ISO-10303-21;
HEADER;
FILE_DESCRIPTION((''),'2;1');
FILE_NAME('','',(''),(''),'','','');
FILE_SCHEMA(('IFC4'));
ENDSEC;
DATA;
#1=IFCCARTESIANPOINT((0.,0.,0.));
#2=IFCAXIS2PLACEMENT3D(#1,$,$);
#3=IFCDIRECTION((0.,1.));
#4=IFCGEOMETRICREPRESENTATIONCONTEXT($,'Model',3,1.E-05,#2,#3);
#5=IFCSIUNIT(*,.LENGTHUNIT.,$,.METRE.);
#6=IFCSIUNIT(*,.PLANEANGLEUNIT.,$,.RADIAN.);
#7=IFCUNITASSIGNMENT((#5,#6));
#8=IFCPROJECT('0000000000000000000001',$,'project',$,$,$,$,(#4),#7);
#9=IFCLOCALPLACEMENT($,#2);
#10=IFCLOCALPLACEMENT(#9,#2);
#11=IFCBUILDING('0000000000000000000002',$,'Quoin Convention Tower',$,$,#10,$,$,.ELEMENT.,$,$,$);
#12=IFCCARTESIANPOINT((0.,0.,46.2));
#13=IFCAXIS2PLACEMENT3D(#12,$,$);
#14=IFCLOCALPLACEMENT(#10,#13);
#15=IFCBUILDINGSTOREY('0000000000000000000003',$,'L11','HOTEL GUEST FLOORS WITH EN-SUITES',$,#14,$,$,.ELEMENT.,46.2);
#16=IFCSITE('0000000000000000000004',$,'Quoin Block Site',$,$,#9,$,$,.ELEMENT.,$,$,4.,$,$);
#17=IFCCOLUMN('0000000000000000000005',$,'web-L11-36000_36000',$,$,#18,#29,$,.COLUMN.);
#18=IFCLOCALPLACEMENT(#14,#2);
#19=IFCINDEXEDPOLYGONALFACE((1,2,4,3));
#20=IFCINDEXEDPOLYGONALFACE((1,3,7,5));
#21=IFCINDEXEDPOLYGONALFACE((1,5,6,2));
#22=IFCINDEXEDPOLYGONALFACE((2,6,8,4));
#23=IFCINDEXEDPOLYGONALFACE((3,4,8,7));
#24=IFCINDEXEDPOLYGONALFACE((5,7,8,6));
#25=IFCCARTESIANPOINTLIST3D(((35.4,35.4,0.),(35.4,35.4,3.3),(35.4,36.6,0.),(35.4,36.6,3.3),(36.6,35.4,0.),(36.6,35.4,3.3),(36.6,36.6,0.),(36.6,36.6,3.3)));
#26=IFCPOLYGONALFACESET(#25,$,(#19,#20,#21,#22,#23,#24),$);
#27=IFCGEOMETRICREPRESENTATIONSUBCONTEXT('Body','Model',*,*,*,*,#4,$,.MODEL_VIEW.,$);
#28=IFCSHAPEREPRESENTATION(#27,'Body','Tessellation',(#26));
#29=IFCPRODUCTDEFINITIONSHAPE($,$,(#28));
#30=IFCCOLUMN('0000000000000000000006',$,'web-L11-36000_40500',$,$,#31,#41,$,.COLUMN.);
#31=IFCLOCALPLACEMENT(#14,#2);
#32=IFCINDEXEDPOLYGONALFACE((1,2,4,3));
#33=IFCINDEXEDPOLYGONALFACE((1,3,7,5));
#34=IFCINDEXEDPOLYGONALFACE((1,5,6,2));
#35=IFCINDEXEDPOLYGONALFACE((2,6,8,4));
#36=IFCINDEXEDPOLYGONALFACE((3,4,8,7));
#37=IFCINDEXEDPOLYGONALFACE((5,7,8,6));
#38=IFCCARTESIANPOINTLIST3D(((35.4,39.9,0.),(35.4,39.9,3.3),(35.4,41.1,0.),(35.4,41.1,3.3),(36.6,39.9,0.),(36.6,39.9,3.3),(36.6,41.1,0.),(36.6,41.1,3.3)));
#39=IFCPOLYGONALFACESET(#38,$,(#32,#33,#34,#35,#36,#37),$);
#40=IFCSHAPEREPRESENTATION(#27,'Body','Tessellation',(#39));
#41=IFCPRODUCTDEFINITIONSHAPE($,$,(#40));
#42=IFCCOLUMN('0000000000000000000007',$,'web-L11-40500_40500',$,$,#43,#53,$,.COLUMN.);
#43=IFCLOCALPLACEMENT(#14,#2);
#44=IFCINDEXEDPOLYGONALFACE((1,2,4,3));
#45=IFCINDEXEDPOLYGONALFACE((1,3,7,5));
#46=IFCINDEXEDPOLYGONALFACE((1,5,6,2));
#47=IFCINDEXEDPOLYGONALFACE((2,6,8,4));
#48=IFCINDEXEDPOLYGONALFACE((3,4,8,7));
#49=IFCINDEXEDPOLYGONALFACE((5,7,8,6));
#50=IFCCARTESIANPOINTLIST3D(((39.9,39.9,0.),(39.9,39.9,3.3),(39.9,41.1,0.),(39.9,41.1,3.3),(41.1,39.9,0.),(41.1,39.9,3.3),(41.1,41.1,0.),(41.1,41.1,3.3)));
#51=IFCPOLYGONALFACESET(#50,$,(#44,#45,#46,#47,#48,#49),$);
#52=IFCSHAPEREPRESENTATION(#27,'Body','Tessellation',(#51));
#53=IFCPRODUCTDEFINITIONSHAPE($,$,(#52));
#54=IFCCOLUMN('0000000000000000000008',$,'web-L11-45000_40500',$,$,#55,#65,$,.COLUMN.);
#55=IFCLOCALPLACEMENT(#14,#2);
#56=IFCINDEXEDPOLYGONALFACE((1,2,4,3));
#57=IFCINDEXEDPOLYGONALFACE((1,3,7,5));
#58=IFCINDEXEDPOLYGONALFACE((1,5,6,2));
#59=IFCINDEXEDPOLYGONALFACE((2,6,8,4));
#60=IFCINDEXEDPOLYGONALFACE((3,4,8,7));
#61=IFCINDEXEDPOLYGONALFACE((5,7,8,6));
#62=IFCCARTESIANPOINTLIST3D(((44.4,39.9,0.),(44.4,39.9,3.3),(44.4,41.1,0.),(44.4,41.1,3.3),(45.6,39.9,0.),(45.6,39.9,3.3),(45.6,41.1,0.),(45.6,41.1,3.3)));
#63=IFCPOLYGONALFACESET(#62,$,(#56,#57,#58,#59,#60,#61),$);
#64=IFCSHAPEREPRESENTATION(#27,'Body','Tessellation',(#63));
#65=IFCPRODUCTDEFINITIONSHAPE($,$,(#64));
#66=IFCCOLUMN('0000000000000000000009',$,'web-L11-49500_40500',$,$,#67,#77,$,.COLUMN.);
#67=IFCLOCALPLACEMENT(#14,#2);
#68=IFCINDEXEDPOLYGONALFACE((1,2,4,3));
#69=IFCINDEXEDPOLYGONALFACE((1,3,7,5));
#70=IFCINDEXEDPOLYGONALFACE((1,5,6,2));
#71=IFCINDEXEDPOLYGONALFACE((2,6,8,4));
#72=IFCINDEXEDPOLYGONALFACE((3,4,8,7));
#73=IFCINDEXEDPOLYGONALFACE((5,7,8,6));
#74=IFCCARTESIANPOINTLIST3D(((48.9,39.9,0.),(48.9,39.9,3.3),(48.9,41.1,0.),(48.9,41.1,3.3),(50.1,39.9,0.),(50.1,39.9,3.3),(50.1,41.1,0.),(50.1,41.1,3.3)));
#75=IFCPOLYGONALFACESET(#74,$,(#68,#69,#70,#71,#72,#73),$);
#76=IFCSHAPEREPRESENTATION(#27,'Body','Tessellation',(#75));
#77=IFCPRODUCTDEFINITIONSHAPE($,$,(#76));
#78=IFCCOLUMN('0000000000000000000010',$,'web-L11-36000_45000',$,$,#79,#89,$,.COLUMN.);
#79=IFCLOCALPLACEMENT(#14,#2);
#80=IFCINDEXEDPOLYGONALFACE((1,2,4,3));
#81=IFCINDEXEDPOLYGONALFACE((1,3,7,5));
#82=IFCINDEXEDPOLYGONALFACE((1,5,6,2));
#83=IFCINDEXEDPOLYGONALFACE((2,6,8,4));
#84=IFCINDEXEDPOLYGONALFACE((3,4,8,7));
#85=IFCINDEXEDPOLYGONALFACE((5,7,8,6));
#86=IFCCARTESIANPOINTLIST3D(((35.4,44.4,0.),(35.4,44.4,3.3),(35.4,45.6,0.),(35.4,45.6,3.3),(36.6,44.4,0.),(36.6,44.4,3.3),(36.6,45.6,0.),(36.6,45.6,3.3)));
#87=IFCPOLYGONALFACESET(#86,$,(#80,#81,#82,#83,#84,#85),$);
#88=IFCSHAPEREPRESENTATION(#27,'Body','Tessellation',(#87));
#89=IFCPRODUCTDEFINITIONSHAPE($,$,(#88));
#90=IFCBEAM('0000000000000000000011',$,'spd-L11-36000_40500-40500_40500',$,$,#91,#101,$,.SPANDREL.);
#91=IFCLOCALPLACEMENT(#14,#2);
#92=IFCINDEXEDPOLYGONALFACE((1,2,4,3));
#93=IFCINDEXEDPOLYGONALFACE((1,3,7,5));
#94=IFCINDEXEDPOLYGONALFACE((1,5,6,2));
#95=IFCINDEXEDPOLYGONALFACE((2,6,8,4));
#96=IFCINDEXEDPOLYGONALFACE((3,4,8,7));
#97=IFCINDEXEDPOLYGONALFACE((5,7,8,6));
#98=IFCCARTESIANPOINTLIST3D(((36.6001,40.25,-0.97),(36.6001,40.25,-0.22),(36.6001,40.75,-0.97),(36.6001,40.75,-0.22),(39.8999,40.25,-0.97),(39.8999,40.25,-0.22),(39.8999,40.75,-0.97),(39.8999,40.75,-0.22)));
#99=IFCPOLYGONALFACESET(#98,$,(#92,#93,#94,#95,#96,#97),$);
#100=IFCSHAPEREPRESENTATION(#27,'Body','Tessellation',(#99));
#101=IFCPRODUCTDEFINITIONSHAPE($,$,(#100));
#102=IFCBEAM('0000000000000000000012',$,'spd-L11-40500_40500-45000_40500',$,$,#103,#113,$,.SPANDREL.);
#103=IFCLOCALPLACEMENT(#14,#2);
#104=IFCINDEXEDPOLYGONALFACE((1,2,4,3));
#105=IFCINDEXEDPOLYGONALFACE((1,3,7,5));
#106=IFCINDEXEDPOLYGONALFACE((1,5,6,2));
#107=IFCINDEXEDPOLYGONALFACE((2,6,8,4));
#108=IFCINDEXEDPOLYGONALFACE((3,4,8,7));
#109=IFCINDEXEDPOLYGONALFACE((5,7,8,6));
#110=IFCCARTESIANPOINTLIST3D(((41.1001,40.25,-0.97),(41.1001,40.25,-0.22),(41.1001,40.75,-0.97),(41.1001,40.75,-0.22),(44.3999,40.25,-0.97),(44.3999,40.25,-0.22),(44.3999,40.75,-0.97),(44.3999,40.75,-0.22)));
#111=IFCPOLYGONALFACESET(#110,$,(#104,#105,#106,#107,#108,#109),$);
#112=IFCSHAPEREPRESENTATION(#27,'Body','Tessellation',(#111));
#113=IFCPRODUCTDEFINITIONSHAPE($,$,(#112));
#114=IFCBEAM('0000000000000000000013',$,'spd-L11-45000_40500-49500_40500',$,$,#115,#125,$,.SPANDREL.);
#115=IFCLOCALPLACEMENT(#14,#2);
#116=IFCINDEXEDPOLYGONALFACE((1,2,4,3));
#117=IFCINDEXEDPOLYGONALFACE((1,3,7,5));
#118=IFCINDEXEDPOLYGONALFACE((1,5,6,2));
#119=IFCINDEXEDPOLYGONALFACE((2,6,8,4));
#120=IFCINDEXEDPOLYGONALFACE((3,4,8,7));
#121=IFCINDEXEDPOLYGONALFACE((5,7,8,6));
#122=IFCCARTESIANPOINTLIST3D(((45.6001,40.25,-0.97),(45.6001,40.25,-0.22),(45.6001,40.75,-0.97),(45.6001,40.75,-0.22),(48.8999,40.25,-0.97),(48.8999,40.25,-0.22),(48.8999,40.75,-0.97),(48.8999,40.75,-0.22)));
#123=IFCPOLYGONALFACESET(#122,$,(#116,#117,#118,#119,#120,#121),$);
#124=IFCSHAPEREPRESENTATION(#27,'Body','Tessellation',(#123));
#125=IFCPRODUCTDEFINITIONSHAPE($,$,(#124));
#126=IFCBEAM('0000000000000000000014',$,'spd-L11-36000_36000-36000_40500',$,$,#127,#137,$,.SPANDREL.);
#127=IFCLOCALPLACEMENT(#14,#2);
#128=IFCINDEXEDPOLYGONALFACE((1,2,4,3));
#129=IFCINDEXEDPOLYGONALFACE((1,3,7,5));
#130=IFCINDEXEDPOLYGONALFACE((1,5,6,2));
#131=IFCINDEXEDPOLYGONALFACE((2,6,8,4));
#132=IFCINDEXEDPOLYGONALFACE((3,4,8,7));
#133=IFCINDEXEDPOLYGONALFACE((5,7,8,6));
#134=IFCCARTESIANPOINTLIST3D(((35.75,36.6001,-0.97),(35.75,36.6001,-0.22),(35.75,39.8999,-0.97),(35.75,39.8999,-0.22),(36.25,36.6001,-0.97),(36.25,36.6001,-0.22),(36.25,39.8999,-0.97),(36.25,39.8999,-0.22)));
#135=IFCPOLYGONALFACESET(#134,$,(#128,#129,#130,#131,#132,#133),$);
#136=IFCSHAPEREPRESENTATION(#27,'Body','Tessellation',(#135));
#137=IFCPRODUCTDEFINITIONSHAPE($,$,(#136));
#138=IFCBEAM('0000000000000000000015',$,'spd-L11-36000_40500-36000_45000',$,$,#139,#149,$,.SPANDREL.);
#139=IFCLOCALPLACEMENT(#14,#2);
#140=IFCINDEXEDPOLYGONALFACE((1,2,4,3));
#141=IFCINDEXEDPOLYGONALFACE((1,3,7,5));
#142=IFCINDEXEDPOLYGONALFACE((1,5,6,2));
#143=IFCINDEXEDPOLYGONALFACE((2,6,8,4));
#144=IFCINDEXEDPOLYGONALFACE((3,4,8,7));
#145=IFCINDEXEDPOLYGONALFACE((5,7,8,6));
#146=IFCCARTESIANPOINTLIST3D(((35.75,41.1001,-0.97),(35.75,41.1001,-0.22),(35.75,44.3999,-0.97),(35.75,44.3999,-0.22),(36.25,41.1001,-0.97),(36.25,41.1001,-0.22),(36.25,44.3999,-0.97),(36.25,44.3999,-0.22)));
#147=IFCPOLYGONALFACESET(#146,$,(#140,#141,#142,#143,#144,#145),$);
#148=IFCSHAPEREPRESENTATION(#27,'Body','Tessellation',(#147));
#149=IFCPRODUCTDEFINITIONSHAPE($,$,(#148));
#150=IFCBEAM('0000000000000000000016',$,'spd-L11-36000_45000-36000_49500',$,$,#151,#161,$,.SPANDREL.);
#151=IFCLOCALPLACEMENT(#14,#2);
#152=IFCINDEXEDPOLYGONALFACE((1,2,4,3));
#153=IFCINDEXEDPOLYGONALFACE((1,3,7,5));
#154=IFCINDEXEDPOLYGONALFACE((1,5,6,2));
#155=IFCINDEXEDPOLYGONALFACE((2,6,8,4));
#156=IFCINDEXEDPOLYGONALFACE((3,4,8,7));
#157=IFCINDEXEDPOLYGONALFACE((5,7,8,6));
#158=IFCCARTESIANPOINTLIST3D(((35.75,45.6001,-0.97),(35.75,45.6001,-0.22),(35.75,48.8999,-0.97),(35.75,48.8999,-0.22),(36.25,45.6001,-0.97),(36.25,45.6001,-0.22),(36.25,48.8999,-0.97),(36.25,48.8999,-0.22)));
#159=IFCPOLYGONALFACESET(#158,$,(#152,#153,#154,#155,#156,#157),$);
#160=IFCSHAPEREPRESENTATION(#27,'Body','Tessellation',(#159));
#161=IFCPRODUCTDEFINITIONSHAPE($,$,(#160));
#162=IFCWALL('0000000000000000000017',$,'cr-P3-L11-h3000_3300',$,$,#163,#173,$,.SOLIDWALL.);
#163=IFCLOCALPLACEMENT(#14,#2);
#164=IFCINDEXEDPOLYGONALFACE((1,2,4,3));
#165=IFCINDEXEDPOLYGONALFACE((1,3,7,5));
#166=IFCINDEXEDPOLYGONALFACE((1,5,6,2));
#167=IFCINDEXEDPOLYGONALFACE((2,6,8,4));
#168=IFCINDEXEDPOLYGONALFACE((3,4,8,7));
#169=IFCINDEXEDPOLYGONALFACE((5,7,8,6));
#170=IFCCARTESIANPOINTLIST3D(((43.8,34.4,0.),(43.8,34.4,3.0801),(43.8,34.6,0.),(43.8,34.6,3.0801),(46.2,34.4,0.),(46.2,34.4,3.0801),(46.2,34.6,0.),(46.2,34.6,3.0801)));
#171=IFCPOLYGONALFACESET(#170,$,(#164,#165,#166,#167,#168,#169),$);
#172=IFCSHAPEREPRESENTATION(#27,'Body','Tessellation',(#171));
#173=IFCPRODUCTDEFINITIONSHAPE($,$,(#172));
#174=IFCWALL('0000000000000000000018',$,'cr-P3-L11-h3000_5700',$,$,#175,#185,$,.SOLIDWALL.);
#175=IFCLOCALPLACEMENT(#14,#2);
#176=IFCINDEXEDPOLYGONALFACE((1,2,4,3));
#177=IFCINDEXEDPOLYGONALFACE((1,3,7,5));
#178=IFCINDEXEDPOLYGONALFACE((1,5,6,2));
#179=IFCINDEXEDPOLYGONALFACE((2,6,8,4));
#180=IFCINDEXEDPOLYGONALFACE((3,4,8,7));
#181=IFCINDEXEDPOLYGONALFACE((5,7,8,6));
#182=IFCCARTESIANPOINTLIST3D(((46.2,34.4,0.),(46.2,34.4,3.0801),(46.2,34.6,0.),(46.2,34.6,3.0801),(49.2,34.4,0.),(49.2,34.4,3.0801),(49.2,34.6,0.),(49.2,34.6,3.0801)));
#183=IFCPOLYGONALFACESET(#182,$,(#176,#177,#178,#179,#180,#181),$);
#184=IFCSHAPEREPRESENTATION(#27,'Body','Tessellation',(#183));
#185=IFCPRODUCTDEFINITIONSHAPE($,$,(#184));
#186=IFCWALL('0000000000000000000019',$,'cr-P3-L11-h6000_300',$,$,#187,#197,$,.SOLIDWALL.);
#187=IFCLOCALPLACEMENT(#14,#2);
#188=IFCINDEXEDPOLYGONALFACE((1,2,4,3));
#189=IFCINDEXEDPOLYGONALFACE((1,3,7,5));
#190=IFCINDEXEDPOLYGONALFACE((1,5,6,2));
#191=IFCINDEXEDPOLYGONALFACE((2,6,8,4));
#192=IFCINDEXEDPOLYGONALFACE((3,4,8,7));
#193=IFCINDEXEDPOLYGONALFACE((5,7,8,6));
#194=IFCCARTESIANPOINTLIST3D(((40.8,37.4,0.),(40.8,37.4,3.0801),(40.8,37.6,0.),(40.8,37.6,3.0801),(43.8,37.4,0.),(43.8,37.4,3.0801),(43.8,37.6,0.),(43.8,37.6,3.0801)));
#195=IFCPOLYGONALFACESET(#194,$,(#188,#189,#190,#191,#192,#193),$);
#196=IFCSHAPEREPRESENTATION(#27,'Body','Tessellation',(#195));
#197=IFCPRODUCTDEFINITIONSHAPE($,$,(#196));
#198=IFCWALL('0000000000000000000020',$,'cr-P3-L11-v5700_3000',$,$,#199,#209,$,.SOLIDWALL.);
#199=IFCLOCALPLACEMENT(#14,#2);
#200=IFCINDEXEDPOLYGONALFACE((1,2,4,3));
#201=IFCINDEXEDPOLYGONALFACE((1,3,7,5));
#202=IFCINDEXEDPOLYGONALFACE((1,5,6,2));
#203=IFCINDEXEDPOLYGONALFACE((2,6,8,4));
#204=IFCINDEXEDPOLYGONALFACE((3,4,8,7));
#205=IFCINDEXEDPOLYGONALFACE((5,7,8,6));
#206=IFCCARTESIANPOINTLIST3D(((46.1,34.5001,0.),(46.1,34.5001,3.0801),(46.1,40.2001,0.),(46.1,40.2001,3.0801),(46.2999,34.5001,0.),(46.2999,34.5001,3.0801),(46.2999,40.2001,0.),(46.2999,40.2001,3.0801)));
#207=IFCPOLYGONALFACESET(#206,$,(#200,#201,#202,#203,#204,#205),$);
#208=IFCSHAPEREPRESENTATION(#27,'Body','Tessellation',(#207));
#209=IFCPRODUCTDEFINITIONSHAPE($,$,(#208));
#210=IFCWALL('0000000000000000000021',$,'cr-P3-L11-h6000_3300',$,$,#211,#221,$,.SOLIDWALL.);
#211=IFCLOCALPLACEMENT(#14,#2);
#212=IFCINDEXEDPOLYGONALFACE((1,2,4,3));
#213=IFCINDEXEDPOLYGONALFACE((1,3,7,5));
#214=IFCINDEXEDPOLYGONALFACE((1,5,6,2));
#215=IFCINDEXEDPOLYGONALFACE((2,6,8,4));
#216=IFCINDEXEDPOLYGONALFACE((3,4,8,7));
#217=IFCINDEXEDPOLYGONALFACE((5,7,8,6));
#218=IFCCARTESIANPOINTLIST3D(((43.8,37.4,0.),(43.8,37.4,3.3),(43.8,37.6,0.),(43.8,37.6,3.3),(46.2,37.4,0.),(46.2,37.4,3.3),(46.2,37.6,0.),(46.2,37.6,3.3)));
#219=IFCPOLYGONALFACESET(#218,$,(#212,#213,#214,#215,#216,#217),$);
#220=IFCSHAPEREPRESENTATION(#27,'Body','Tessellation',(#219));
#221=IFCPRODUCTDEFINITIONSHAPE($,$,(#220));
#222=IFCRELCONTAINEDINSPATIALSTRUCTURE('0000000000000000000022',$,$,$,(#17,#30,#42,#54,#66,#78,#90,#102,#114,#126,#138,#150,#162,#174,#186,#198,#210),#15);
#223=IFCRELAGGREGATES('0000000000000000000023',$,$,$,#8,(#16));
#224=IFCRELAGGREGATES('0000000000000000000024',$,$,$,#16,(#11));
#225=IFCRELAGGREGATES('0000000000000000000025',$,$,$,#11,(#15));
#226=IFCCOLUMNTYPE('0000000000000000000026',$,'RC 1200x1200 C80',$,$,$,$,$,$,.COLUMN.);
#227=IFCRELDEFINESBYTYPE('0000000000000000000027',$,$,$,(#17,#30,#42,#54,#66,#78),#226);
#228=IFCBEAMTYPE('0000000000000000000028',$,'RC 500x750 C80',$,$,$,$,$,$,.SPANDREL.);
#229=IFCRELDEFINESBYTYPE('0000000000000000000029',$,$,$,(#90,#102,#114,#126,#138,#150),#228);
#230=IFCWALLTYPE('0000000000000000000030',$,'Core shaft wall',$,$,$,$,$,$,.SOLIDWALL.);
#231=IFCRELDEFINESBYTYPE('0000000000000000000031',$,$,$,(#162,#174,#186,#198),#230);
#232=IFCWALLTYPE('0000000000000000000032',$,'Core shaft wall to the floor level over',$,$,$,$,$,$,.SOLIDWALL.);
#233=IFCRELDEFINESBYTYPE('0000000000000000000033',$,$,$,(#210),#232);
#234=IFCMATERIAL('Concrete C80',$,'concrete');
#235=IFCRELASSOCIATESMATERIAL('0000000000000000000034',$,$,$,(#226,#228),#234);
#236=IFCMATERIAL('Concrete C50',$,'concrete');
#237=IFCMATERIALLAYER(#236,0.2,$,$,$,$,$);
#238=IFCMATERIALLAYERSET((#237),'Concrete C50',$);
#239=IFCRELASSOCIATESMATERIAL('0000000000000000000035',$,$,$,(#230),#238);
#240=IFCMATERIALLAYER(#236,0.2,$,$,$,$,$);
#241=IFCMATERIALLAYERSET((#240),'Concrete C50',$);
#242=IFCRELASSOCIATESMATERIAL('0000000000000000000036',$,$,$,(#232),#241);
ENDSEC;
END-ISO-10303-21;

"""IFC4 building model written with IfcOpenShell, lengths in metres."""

from ifc_helpers import new_model, si_unit, direction, frame, frame_2d, origin, origin_2d, place, context, subcontext, project, spatial, rectangle, extrude, material, layer, layer_set, material_profile, profile_set, type_object, element, save


model = new_model("IFC4")

# Units and contexts
model_context = context("Model", 3, precision=1e-05, world=origin(), true_north=direction((0.0, 1.0)))
body_context = subcontext(model_context, "Body", "Model", "MODEL_VIEW")
ifc_project = project(units=[si_unit("LENGTHUNIT", "METRE"), si_unit("PLANEANGLEUNIT", "RADIAN")], contexts=[model_context])

# Site, building, storey
site_placement = place(None, origin())
site = spatial("IfcSite", under=ifc_project, at=site_placement, Name="Quoin Block Site", CompositionType="ELEMENT", RefElevation=4.0)
building_placement = place(site_placement, origin())
building = spatial("IfcBuilding", under=site, at=building_placement, Name="Quoin Convention Tower", CompositionType="ELEMENT")
storey_placement = place(building_placement, frame((0.0, 0.0, 46.2)))
storey = spatial("IfcBuildingStorey", under=building, at=storey_placement, Name="L11", Description="HOTEL GUEST FLOORS WITH EN-SUITES", CompositionType="ELEMENT", Elevation=46.2)

# Columns
ifc_material_1 = material(Name="Concrete C80", Category="concrete")
ifc_material_profile_1 = material_profile(ifc_material_1, rectangle(XDim=1.2, YDim=1.2, at=origin_2d()), Name="RC 1200x1200")
ifc_profile_set_1 = profile_set([ifc_material_profile_1], Name="Concrete C80")
column_type = type_object("IfcColumnType", Name="RC 1200x1200 C80", PredefinedType="COLUMN", material=ifc_profile_set_1)
for number, where, z_axis, x_axis, name in (
    (1, (36.0, 36.0, 0.0), (0.0, 0.0, 1.0), (1.0, 0.0, 0.0), "web-L11-36000_36000"),
    (2, (36.0, 40.5, 0.0), (0.0, 0.0, 1.0), (1.0, 0.0, 0.0), "web-L11-36000_40500"),
    (3, (40.5, 40.5, 0.0), (0.0, 0.0, 1.0), (1.0, 0.0, 0.0), "web-L11-40500_40500"),
    (4, (45.0, 40.5, 0.0), (0.0, 0.0, 1.0), (1.0, 0.0, 0.0), "web-L11-45000_40500"),
    (5, (49.5, 40.5, 0.0), (0.0, 0.0, 1.0), (1.0, 0.0, 0.0), "web-L11-49500_40500"),
    (6, (36.0, 45.0, 0.0), (0.0, 0.0, 1.0), (1.0, 0.0, 0.0), "web-L11-36000_45000"),
):
    element("IfcColumn", number, at=place(storey_placement, frame(where, z_axis=z_axis, x_axis=x_axis)), inside=storey, type_object=column_type, Name=name, PredefinedType="COLUMN", context=body_context, shape_type="SweptSolid", body=[
        extrude(rectangle(XDim=1.2, YDim=1.2, at=origin_2d()), origin(), (0.0, 0.0, 1.0), 3.3),
    ])

# Beams
ifc_material_profile_2 = material_profile(ifc_material_1, rectangle(XDim=0.5, YDim=0.75, at=origin_2d()), Name="RC 500x750")
ifc_profile_set_2 = profile_set([ifc_material_profile_2], Name="Concrete C80")
beam_type = type_object("IfcBeamType", Name="RC 500x750 C80", PredefinedType="SPANDREL", material=ifc_profile_set_2)
for number, where, z_axis, x_axis, name in (
    (7, (36.6001, 40.5, -0.595), (1.0, 0.0, 0.0), (0.0, 1.0, 0.0), "spd-L11-36000_40500-40500_40500"),
    (8, (41.1001, 40.5, -0.595), (1.0, 0.0, 0.0), (0.0, 1.0, 0.0), "spd-L11-40500_40500-45000_40500"),
    (9, (45.6001, 40.5, -0.595), (1.0, 0.0, 0.0), (0.0, 1.0, 0.0), "spd-L11-45000_40500-49500_40500"),
    (10, (36.0, 36.6001, -0.595), (0.0, 1.0, 0.0), (-1.0, 0.0, 0.0), "spd-L11-36000_36000-36000_40500"),
    (11, (36.0, 41.1001, -0.595), (0.0, 1.0, 0.0), (-1.0, 0.0, 0.0), "spd-L11-36000_40500-36000_45000"),
    (12, (36.0, 45.6001, -0.595), (0.0, 1.0, 0.0), (-1.0, 0.0, 0.0), "spd-L11-36000_45000-36000_49500"),
):
    element("IfcBeam", number, at=place(storey_placement, frame(where, z_axis=z_axis, x_axis=x_axis)), inside=storey, type_object=beam_type, Name=name, PredefinedType="SPANDREL", context=body_context, shape_type="SweptSolid", body=[
        extrude(rectangle(XDim=0.5, YDim=0.75, at=origin_2d()), origin(), (0.0, 0.0, 1.0), 3.2998),
    ])

# Walls
ifc_material_2 = material(Name="Concrete C50", Category="concrete")
ifc_layer_1 = layer(ifc_material_2, 0.2)
ifc_layer_set_1 = layer_set([ifc_layer_1], Name="Concrete C50")
wall_type_1 = type_object("IfcWallType", Name="Core shaft wall", PredefinedType="SOLIDWALL", material=ifc_layer_set_1)
wall_1_placement = place(storey_placement, frame((43.8, 34.5, 0.0), z_axis=(0.0, 0.0, 1.0), x_axis=(1.0, 0.0, 0.0)))
element("IfcWall", 13, at=wall_1_placement, inside=storey, type_object=wall_type_1, Name="cr-P3-L11-h3000_3300", PredefinedType="SOLIDWALL", context=body_context, shape_type="SweptSolid", body=[
    extrude(rectangle(XDim=2.3999, YDim=0.2, at=frame_2d((1.2, 0.0))), origin(), (0.0, 0.0, 1.0), 3.0801),
])
for number, where, z_axis, x_axis, name in (
    (14, (46.2, 34.5, 0.0), (0.0, 0.0, 1.0), (1.0, 0.0, 0.0), "cr-P3-L11-h3000_5700"),
    (15, (40.8, 37.5, 0.0), (0.0, 0.0, 1.0), (1.0, 0.0, 0.0), "cr-P3-L11-h6000_300"),
):
    element("IfcWall", number, at=place(storey_placement, frame(where, z_axis=z_axis, x_axis=x_axis)), inside=storey, type_object=wall_type_1, Name=name, PredefinedType="SOLIDWALL", context=body_context, shape_type="SweptSolid", body=[
        extrude(rectangle(XDim=3.0, YDim=0.2, at=frame_2d((1.5, 0.0))), origin(), (0.0, 0.0, 1.0), 3.0801),
    ])
wall_2_placement = place(storey_placement, frame((46.2, 34.5, 0.0), z_axis=(0.0, 0.0, 1.0), x_axis=(0.0, 1.0, 0.0)))
element("IfcWall", 16, at=wall_2_placement, inside=storey, type_object=wall_type_1, Name="cr-P3-L11-v5700_3000", PredefinedType="SOLIDWALL", context=body_context, shape_type="SweptSolid", body=[
    extrude(rectangle(XDim=5.7, YDim=0.2, at=frame_2d((2.8501, 0.0))), origin(), (0.0, 0.0, 1.0), 3.0801),
])
ifc_layer_2 = layer(ifc_material_2, 0.2)
ifc_layer_set_2 = layer_set([ifc_layer_2], Name="Concrete C50")
wall_type_2 = type_object("IfcWallType", Name="Core shaft wall to the floor level over", PredefinedType="SOLIDWALL", material=ifc_layer_set_2)
wall_3_placement = place(storey_placement, frame((43.8, 37.5, 0.0), z_axis=(0.0, 0.0, 1.0), x_axis=(1.0, 0.0, 0.0)))
element("IfcWall", 17, at=wall_3_placement, inside=storey, type_object=wall_type_2, Name="cr-P3-L11-h6000_3300", PredefinedType="SOLIDWALL", context=body_context, shape_type="SweptSolid", body=[
    extrude(rectangle(XDim=2.3999, YDim=0.2, at=frame_2d((1.2, 0.0))), origin(), (0.0, 0.0, 1.0), 3.3),
])

save(model, "model.ifc")
